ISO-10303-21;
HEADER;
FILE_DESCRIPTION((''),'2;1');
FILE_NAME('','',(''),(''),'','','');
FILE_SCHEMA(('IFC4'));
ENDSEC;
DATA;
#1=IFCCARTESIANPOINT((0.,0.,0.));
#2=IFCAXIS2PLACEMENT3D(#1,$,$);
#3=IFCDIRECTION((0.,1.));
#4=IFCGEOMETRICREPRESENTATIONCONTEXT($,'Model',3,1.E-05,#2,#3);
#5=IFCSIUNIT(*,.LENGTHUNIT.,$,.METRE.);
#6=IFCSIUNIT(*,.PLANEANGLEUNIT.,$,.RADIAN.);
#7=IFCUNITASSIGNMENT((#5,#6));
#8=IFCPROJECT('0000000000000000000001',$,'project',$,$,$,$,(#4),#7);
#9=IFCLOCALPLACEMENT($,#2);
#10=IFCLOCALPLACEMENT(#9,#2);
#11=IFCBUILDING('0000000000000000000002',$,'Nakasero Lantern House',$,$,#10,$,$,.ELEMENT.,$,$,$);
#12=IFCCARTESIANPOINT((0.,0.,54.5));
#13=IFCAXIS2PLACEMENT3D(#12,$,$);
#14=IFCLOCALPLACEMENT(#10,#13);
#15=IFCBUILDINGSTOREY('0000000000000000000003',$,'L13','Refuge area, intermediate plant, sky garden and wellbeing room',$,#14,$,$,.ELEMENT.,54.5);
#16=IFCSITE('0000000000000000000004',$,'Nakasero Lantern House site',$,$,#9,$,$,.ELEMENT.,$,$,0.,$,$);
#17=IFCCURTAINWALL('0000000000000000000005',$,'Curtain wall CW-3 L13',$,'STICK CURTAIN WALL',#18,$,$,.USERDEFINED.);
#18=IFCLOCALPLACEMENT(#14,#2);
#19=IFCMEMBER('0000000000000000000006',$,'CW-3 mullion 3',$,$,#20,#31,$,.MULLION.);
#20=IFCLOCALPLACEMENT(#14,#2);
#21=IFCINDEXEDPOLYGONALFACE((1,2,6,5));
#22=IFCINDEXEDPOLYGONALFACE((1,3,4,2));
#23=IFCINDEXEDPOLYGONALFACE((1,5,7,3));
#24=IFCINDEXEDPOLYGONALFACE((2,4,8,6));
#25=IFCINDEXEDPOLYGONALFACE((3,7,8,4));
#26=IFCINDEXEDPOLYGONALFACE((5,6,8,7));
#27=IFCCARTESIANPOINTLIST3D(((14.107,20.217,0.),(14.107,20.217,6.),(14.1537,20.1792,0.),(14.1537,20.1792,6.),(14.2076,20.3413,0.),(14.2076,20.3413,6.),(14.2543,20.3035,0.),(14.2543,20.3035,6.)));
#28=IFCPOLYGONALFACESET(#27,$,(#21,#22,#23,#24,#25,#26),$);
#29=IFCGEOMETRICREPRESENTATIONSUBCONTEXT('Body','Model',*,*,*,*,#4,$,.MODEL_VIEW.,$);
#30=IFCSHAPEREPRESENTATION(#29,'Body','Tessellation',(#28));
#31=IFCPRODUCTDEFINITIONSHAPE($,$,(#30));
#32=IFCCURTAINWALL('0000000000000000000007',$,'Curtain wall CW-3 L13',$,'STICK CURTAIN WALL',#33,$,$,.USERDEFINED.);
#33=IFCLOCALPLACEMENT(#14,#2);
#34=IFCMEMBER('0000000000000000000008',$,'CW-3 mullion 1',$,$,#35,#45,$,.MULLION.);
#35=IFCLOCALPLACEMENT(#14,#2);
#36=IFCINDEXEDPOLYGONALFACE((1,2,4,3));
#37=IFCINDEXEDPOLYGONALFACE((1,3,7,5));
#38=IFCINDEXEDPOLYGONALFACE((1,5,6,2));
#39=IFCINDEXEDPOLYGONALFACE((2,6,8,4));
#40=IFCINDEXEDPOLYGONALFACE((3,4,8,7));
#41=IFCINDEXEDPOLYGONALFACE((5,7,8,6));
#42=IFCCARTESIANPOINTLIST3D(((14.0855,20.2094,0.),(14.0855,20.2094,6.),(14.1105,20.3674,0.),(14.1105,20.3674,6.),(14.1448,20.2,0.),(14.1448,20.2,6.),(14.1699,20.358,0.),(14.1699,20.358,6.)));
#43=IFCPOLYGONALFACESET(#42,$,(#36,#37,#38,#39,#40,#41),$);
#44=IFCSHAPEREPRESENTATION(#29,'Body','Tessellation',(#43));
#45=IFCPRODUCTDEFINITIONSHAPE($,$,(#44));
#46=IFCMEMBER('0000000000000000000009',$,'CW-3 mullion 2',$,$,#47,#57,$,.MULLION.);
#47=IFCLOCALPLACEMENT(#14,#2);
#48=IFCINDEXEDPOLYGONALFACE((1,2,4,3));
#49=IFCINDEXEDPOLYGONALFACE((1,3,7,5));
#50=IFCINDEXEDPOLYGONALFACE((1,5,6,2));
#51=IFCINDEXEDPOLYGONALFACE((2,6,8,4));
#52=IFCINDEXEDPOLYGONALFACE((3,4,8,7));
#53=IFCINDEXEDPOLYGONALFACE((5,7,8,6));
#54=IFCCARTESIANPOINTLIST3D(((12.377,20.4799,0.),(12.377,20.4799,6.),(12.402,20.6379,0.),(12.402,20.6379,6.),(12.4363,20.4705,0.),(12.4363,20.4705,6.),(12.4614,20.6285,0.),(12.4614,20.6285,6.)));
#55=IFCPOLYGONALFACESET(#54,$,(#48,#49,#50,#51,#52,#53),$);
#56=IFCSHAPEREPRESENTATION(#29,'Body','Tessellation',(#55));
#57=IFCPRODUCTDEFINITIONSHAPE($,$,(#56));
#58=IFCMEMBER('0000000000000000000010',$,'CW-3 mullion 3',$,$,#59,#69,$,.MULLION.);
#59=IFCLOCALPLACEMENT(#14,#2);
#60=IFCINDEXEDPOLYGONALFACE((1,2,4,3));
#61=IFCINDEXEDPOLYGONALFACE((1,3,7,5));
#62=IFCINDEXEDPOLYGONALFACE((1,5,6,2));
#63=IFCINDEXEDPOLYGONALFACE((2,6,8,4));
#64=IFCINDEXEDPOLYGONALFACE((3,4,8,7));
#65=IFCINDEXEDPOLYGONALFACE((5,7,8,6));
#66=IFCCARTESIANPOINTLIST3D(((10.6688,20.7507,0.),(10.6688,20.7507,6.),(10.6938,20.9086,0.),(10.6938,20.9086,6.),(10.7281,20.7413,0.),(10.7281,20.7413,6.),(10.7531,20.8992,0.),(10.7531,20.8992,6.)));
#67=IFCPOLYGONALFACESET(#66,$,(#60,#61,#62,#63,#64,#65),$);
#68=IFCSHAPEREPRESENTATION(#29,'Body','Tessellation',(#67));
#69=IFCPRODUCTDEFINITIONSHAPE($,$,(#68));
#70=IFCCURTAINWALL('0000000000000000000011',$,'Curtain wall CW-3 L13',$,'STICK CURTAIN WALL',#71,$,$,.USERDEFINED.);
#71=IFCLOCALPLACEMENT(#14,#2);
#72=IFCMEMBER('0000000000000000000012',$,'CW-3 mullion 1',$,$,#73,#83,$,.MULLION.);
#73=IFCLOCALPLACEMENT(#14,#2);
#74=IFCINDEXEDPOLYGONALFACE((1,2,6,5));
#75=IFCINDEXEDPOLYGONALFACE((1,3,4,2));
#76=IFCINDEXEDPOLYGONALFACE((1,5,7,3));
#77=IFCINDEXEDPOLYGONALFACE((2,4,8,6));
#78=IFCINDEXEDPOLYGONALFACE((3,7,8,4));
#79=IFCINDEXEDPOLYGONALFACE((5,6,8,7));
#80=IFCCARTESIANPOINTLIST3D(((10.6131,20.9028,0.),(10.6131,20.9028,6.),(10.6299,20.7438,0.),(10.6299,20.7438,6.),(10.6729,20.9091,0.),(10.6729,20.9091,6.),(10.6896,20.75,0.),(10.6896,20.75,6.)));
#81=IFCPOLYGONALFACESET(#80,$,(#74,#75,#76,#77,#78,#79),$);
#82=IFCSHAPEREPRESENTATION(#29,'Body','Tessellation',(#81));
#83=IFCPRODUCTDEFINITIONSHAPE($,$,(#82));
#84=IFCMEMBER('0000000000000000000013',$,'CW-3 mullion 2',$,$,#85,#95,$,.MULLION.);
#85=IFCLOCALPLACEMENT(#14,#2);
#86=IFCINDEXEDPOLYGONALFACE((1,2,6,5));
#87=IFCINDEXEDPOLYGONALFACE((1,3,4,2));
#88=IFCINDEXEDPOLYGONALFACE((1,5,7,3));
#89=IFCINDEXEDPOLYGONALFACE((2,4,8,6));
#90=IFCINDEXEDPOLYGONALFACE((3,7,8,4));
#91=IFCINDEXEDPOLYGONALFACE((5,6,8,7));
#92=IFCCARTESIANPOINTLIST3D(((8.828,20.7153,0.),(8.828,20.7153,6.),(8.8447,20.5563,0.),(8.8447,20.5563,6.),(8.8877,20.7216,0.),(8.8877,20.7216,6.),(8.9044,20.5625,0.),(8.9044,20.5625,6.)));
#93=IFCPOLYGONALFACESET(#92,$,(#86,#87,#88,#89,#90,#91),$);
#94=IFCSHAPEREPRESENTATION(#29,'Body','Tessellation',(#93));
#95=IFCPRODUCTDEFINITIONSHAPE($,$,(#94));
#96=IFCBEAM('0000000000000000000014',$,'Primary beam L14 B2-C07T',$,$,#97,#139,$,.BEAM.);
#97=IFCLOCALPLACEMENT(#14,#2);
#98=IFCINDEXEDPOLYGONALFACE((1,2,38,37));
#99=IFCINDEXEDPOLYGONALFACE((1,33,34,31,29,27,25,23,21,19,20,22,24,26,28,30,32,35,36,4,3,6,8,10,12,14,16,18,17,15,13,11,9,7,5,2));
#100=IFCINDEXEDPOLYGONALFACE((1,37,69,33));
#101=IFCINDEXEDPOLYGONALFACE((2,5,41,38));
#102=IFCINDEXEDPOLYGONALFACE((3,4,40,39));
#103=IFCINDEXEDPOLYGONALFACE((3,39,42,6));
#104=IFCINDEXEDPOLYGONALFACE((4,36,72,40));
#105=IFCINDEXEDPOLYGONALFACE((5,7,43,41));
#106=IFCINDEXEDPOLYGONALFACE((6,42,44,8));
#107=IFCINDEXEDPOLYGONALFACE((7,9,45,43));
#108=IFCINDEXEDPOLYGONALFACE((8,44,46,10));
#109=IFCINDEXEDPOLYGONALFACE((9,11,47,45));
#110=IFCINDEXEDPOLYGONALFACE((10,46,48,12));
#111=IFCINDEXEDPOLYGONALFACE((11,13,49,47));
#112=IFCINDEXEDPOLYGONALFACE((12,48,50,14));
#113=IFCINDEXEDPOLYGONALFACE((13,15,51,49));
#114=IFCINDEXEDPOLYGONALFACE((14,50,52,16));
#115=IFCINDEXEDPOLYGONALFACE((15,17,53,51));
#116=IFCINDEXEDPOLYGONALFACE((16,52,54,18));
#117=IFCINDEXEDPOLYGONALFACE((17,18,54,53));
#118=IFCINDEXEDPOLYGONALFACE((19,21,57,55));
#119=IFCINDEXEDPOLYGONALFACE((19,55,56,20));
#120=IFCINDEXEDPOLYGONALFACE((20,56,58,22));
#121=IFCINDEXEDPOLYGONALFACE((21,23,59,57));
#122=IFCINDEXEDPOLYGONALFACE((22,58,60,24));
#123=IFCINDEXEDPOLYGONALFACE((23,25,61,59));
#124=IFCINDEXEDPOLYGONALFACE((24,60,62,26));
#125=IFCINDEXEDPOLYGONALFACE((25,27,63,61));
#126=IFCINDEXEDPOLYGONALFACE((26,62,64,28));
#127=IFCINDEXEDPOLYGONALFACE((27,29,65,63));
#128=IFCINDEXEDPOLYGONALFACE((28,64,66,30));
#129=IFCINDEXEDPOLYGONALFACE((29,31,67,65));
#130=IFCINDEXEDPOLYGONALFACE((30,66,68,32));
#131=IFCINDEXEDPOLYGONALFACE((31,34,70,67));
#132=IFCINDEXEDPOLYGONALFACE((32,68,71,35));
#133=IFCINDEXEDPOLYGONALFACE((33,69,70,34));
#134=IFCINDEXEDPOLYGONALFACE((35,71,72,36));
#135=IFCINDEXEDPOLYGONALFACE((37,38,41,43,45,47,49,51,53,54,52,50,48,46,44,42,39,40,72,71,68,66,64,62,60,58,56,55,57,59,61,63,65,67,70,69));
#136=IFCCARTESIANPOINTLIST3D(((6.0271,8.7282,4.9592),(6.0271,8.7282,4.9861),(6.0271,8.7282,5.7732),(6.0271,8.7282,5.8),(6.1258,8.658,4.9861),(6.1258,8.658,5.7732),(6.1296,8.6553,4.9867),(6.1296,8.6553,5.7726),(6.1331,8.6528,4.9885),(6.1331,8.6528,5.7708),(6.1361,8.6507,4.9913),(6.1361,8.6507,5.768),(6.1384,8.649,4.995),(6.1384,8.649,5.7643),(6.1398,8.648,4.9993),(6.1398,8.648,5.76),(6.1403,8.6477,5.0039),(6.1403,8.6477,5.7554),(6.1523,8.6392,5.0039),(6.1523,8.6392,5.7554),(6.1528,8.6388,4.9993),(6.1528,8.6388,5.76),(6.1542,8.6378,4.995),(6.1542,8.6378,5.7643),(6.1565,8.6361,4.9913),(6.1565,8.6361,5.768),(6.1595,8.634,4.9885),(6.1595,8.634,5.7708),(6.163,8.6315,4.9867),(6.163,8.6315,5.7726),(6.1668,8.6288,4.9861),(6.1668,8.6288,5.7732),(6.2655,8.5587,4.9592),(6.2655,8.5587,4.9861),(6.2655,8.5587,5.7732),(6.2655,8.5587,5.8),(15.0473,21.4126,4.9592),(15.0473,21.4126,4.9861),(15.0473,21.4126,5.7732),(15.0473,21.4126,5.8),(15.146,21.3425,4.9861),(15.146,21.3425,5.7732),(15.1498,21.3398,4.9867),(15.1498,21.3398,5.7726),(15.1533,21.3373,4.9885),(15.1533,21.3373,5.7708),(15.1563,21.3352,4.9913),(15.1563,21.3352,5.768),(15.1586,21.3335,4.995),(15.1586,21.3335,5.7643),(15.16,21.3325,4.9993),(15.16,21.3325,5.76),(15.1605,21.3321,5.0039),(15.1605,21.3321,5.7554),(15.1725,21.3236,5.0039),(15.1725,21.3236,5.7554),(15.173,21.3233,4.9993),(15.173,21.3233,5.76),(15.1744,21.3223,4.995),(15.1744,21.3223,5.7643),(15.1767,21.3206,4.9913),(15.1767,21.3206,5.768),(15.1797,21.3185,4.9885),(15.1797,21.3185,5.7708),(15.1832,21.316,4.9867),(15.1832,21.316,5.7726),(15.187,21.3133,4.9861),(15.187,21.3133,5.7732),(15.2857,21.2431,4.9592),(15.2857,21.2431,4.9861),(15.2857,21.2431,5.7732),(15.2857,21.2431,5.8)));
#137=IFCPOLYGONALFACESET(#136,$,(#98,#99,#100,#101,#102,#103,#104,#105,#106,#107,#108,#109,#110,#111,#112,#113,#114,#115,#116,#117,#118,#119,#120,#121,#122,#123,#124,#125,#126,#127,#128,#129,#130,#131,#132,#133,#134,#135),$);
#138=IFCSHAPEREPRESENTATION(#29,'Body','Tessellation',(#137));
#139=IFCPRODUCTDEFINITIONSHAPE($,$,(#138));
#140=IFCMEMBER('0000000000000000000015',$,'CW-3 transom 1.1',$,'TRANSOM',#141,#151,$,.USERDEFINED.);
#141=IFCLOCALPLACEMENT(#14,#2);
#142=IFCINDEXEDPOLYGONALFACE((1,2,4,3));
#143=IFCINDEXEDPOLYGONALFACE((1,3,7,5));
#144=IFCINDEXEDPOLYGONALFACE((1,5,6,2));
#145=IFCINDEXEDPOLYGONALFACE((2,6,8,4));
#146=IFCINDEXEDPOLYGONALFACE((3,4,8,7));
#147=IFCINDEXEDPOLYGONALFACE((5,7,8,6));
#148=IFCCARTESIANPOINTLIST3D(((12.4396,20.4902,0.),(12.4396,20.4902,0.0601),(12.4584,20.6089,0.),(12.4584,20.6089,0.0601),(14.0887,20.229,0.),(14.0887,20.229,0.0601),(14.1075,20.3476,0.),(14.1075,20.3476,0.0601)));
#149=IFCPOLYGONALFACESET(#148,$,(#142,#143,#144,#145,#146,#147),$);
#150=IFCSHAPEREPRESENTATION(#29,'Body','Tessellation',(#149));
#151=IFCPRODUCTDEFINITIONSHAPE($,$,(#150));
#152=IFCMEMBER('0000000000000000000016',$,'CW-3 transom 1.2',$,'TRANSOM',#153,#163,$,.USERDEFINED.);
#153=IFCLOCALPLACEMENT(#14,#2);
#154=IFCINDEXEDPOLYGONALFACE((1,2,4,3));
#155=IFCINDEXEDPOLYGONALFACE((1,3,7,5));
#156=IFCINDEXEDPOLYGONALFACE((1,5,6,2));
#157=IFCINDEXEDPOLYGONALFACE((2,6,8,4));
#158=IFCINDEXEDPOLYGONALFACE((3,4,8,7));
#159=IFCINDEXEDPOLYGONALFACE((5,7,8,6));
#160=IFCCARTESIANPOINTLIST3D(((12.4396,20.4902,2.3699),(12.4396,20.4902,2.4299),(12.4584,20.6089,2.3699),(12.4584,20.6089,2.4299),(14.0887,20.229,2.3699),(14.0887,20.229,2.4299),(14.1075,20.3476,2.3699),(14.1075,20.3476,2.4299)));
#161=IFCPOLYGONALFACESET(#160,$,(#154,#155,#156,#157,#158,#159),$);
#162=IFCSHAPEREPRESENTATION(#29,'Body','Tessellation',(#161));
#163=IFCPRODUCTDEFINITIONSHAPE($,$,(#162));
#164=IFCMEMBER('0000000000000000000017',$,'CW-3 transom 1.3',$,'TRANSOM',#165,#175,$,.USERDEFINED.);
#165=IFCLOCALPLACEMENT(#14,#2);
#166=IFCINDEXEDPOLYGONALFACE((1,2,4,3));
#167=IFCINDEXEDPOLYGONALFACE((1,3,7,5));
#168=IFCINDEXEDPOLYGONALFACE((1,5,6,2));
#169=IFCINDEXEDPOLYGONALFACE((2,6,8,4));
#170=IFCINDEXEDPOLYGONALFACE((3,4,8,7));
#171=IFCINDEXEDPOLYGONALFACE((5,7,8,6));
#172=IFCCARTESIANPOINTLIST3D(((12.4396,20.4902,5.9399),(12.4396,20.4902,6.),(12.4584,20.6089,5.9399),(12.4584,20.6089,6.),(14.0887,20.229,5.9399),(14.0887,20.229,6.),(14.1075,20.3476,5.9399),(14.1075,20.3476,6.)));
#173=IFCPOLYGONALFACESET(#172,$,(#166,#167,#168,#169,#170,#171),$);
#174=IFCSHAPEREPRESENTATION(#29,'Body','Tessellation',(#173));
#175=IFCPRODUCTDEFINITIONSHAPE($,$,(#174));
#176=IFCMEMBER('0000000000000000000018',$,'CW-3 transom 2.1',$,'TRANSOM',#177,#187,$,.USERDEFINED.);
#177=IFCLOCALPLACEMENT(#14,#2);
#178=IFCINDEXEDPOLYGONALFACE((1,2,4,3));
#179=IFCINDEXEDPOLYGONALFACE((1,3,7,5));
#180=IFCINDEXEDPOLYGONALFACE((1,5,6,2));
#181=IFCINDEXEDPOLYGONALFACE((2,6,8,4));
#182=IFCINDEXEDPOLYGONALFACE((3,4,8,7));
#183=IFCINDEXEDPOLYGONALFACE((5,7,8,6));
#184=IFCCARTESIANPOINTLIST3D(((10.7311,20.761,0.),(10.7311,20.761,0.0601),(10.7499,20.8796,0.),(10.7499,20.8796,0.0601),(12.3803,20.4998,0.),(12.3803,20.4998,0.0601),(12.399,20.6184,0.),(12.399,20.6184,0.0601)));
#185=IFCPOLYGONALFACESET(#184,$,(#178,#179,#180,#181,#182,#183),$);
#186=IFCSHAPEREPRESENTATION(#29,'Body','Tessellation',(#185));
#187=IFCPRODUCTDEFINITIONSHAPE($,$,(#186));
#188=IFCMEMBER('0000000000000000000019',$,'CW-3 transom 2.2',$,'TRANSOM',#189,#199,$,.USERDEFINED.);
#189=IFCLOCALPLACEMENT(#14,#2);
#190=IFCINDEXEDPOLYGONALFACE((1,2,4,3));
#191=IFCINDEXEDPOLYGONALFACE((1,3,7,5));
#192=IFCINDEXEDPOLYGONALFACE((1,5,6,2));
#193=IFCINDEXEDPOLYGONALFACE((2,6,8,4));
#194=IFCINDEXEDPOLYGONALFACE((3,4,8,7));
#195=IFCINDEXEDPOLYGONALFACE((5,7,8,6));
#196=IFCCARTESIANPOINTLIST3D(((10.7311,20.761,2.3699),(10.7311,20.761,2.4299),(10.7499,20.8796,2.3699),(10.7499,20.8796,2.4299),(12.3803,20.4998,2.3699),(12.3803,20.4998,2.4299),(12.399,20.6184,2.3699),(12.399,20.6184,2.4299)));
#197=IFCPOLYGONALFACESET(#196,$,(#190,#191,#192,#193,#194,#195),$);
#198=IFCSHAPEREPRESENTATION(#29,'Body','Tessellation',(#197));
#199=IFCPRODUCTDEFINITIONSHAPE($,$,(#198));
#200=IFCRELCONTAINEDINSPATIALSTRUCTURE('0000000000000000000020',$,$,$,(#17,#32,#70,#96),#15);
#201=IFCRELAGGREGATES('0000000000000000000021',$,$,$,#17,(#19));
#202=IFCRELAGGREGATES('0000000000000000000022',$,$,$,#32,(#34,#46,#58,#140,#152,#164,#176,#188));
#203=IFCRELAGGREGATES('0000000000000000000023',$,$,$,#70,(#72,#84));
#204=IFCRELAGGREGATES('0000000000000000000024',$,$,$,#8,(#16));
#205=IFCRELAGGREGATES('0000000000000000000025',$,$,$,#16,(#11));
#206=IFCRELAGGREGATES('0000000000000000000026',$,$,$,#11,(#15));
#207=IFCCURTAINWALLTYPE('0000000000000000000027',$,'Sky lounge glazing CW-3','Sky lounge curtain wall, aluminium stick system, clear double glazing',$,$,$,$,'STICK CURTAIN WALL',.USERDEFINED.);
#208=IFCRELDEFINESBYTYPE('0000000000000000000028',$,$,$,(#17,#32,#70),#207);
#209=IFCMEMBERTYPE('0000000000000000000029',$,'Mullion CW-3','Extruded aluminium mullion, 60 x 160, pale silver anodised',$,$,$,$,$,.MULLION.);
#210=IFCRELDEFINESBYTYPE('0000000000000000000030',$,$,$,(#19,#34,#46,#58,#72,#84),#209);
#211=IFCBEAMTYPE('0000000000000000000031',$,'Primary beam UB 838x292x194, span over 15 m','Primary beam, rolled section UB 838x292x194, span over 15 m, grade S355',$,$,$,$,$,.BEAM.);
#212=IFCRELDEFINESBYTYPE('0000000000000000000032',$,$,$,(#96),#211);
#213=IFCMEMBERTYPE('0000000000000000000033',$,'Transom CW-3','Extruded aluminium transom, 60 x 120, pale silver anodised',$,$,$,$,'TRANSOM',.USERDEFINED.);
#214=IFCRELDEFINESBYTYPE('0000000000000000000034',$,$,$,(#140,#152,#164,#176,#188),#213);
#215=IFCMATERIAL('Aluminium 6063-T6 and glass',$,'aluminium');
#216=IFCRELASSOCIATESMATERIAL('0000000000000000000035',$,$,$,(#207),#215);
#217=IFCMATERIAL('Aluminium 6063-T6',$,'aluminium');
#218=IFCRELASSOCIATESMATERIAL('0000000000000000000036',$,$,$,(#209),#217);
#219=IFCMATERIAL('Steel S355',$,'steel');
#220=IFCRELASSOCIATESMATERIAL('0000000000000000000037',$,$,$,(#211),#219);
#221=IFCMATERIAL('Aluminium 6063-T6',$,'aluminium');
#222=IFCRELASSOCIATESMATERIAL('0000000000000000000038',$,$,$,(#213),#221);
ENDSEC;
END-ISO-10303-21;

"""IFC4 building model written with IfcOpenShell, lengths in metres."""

from ifc_helpers import new_model, si_unit, direction, frame, origin, origin_2d, place, context, subcontext, project, spatial, rectangle, i_section, extrude, material, material_profile, profile_set, type_object, element, aggregate, save


model = new_model("IFC4")

# Units and contexts
model_context = context("Model", 3, precision=1e-05, world=origin(), true_north=direction((0.0, 1.0)))
body_context = subcontext(model_context, "Body", "Model", "MODEL_VIEW")
ifc_project = project(units=[si_unit("LENGTHUNIT", "METRE"), si_unit("PLANEANGLEUNIT", "RADIAN")], contexts=[model_context])

# Site, building, storey
site_placement = place(None, origin())
site = spatial("IfcSite", under=ifc_project, at=site_placement, Name="Nakasero Lantern House site", CompositionType="ELEMENT", RefElevation=0.0)
building_placement = place(site_placement, origin())
building = spatial("IfcBuilding", under=site, at=building_placement, Name="Nakasero Lantern House", CompositionType="ELEMENT")
storey_placement = place(building_placement, frame((0.0, 0.0, 54.5)))
storey = spatial("IfcBuildingStorey", under=building, at=storey_placement, Name="L13", Description="Refuge area, intermediate plant, sky garden and wellbeing room", CompositionType="ELEMENT", Elevation=54.5)

# Curtain wall, member
ifc_material_1 = material(Name="Aluminium 6063-T6 and glass", Category="aluminium")
curtain_wall_type = type_object("IfcCurtainWallType", Name="Sky lounge glazing CW-3", Description="Sky lounge curtain wall, aluminium stick system, clear double glazing", ElementType="STICK CURTAIN WALL", PredefinedType="USERDEFINED", material=ifc_material_1)
curtain_wall_1_placement = place(storey_placement, origin())
curtain_wall_1 = element("IfcCurtainWall", 1, at=curtain_wall_1_placement, inside=storey, type_object=curtain_wall_type, Name="Curtain wall CW-3 L13", ObjectType="STICK CURTAIN WALL", PredefinedType="USERDEFINED")
ifc_material_2 = material(Name="Aluminium 6063-T6", Category="aluminium")
ifc_material_profile_1 = material_profile(ifc_material_2, rectangle(XDim=0.0601, YDim=0.1599, at=origin_2d()), Name="CW-3 mullion 60x160")
ifc_profile_set_1 = profile_set([ifc_material_profile_1], Name="Aluminium 6063-T6")
member_type_1 = type_object("IfcMemberType", Name="Mullion CW-3", Description="Extruded aluminium mullion, 60 x 160, pale silver anodised", PredefinedType="MULLION", material=ifc_profile_set_1)
member_1_placement = place(storey_placement, frame((14.1807, 20.2603, 0.0), z_axis=(0.0, 0.0, 1.0), x_axis=(-0.777146, 0.62932, 0.0)))
member_1 = element("IfcMember", 2, at=member_1_placement, type_object=member_type_1, Name="CW-3 mullion 3", PredefinedType="MULLION", context=body_context, shape_type="SweptSolid", body=[
    extrude(rectangle(XDim=0.0601, YDim=0.1599, at=origin_2d()), origin(), (0.0, 0.0, 1.0), 6.0),
])
aggregate(curtain_wall_1, [member_1])

# Curtain walls, members
curtain_wall_2_placement = place(storey_placement, origin())
curtain_wall_2 = element("IfcCurtainWall", 3, at=curtain_wall_2_placement, inside=storey, type_object=curtain_wall_type, Name="Curtain wall CW-3 L13", ObjectType="STICK CURTAIN WALL", PredefinedType="USERDEFINED")
member_2_placement = place(storey_placement, frame((14.1277, 20.2837, 0.0), z_axis=(0.0, 0.0, 1.0), x_axis=(-0.987688, 0.156434, 0.0)))
member_2 = element("IfcMember", 4, at=member_2_placement, type_object=member_type_1, Name="CW-3 mullion 1", PredefinedType="MULLION", context=body_context, shape_type="SweptSolid", body=[
    extrude(rectangle(XDim=0.0601, YDim=0.1599, at=origin_2d()), origin(), (0.0, 0.0, 1.0), 6.0),
])
member_3_placement = place(storey_placement, frame((12.4192, 20.5542, 0.0), z_axis=(0.0, 0.0, 1.0), x_axis=(-0.987688, 0.156434, 0.0)))
member_3 = element("IfcMember", 5, at=member_3_placement, type_object=member_type_1, Name="CW-3 mullion 2", PredefinedType="MULLION", context=body_context, shape_type="SweptSolid", body=[
    extrude(rectangle(XDim=0.0601, YDim=0.1599, at=origin_2d()), origin(), (0.0, 0.0, 1.0), 6.0),
])
member_4_placement = place(storey_placement, frame((10.7109, 20.825, 0.0), z_axis=(0.0, 0.0, 1.0), x_axis=(-0.987688, 0.156434, 0.0)))
member_4 = element("IfcMember", 6, at=member_4_placement, type_object=member_type_1, Name="CW-3 mullion 3", PredefinedType="MULLION", context=body_context, shape_type="SweptSolid", body=[
    extrude(rectangle(XDim=0.0601, YDim=0.1599, at=origin_2d()), origin(), (0.0, 0.0, 1.0), 6.0),
])
curtain_wall_3_placement = place(storey_placement, origin())
curtain_wall_3 = element("IfcCurtainWall", 7, at=curtain_wall_3_placement, inside=storey, type_object=curtain_wall_type, Name="Curtain wall CW-3 L13", ObjectType="STICK CURTAIN WALL", PredefinedType="USERDEFINED")
member_5_placement = place(storey_placement, frame((10.6514, 20.8264, 0.0), z_axis=(0.0, 0.0, 1.0), x_axis=(-0.994522, -0.104528, 0.0)))
member_5 = element("IfcMember", 8, at=member_5_placement, type_object=member_type_1, Name="CW-3 mullion 1", PredefinedType="MULLION", context=body_context, shape_type="SweptSolid", body=[
    extrude(rectangle(XDim=0.0601, YDim=0.1599, at=origin_2d()), origin(), (0.0, 0.0, 1.0), 6.0),
])
member_6_placement = place(storey_placement, frame((8.8662, 20.6389, 0.0), z_axis=(0.0, 0.0, 1.0), x_axis=(-0.994522, -0.104528, 0.0)))
member_6 = element("IfcMember", 9, at=member_6_placement, type_object=member_type_1, Name="CW-3 mullion 2", PredefinedType="MULLION", context=body_context, shape_type="SweptSolid", body=[
    extrude(rectangle(XDim=0.0601, YDim=0.1599, at=origin_2d()), origin(), (0.0, 0.0, 1.0), 6.0),
])

# Beam
ifc_material_3 = material(Name="Steel S355", Category="steel")
ifc_material_profile_2 = material_profile(ifc_material_3, i_section(OverallWidth=0.2925, OverallDepth=0.8408, WebThickness=0.0146, FlangeThickness=0.0269, FilletRadius=0.0178, at=origin_2d()), Name="UB 838x292x194")
ifc_profile_set_2 = profile_set([ifc_material_profile_2], Name="Steel S355")
beam_type = type_object("IfcBeamType", Name="Primary beam UB 838x292x194, span over 15 m", Description="Primary beam, rolled section UB 838x292x194, span over 15 m, grade S355", PredefinedType="BEAM", material=ifc_profile_set_2)
beam_placement = place(storey_placement, frame((15.1665, 21.3279, 5.3796), z_axis=(-0.579529, -0.814952, 0.0), x_axis=(0.814952, -0.579529, 0.0)))
element("IfcBeam", 10, at=beam_placement, inside=storey, type_object=beam_type, Name="Primary beam L14 B2-C07T", PredefinedType="BEAM", context=body_context, shape_type="SweptSolid", body=[
    extrude(i_section(OverallWidth=0.2925, OverallDepth=0.8408, WebThickness=0.0146, FlangeThickness=0.0269, FilletRadius=0.0178, at=origin_2d()), origin(), (0.0, 0.0, 1.0), 15.5647),
])

# Members
ifc_material_4 = material(Name="Aluminium 6063-T6", Category="aluminium")
ifc_material_profile_3 = material_profile(ifc_material_4, rectangle(XDim=0.0601, YDim=0.1201, at=origin_2d()), Name="CW-3 transom 60x120")
ifc_profile_set_3 = profile_set([ifc_material_profile_3], Name="Aluminium 6063-T6")
member_type_2 = type_object("IfcMemberType", Name="Transom CW-3", Description="Extruded aluminium transom, 60 x 120, pale silver anodised", ElementType="TRANSOM", PredefinedType="USERDEFINED", material=ifc_profile_set_3)
member_7_placement = place(storey_placement, frame((14.0981, 20.2883, 0.03), z_axis=(-0.987686, 0.156451, 0.0), x_axis=(0.0, 0.0, 1.0)))
member_7 = element("IfcMember", 11, at=member_7_placement, type_object=member_type_2, Name="CW-3 transom 1.1", ObjectType="TRANSOM", PredefinedType="USERDEFINED", context=body_context, shape_type="SweptSolid", body=[
    extrude(rectangle(XDim=0.0601, YDim=0.1201, at=origin_2d()), origin(), (0.0, 0.0, 1.0), 1.6697),
])
member_8_placement = place(storey_placement, frame((14.0981, 20.2883, 2.3999), z_axis=(-0.987686, 0.156451, 0.0), x_axis=(0.0, 0.0, 1.0)))
member_8 = element("IfcMember", 12, at=member_8_placement, type_object=member_type_2, Name="CW-3 transom 1.2", ObjectType="TRANSOM", PredefinedType="USERDEFINED", context=body_context, shape_type="SweptSolid", body=[
    extrude(rectangle(XDim=0.0601, YDim=0.1201, at=origin_2d()), origin(), (0.0, 0.0, 1.0), 1.6697),
])
member_9_placement = place(storey_placement, frame((14.0981, 20.2883, 5.97), z_axis=(-0.987686, 0.156451, 0.0), x_axis=(0.0, 0.0, 1.0)))
member_9 = element("IfcMember", 13, at=member_9_placement, type_object=member_type_2, Name="CW-3 transom 1.3", ObjectType="TRANSOM", PredefinedType="USERDEFINED", context=body_context, shape_type="SweptSolid", body=[
    extrude(rectangle(XDim=0.0601, YDim=0.1201, at=origin_2d()), origin(), (0.0, 0.0, 1.0), 1.6697),
])
member_10_placement = place(storey_placement, frame((12.3896, 20.5591, 0.03), z_axis=(-0.987686, 0.156451, 0.0), x_axis=(0.0, 0.0, 1.0)))
member_10 = element("IfcMember", 14, at=member_10_placement, type_object=member_type_2, Name="CW-3 transom 2.1", ObjectType="TRANSOM", PredefinedType="USERDEFINED", context=body_context, shape_type="SweptSolid", body=[
    extrude(rectangle(XDim=0.0601, YDim=0.1201, at=origin_2d()), origin(), (0.0, 0.0, 1.0), 1.6697),
])
member_11_placement = place(storey_placement, frame((12.3896, 20.5591, 2.3999), z_axis=(-0.987686, 0.156451, 0.0), x_axis=(0.0, 0.0, 1.0)))
member_11 = element("IfcMember", 15, at=member_11_placement, type_object=member_type_2, Name="CW-3 transom 2.2", ObjectType="TRANSOM", PredefinedType="USERDEFINED", context=body_context, shape_type="SweptSolid", body=[
    extrude(rectangle(XDim=0.0601, YDim=0.1201, at=origin_2d()), origin(), (0.0, 0.0, 1.0), 1.6697),
])

aggregate(curtain_wall_2, [member_2, member_3, member_4, member_7, member_8, member_9, member_10, member_11])
aggregate(curtain_wall_3, [member_5, member_6])

save(model, "model.ifc")
